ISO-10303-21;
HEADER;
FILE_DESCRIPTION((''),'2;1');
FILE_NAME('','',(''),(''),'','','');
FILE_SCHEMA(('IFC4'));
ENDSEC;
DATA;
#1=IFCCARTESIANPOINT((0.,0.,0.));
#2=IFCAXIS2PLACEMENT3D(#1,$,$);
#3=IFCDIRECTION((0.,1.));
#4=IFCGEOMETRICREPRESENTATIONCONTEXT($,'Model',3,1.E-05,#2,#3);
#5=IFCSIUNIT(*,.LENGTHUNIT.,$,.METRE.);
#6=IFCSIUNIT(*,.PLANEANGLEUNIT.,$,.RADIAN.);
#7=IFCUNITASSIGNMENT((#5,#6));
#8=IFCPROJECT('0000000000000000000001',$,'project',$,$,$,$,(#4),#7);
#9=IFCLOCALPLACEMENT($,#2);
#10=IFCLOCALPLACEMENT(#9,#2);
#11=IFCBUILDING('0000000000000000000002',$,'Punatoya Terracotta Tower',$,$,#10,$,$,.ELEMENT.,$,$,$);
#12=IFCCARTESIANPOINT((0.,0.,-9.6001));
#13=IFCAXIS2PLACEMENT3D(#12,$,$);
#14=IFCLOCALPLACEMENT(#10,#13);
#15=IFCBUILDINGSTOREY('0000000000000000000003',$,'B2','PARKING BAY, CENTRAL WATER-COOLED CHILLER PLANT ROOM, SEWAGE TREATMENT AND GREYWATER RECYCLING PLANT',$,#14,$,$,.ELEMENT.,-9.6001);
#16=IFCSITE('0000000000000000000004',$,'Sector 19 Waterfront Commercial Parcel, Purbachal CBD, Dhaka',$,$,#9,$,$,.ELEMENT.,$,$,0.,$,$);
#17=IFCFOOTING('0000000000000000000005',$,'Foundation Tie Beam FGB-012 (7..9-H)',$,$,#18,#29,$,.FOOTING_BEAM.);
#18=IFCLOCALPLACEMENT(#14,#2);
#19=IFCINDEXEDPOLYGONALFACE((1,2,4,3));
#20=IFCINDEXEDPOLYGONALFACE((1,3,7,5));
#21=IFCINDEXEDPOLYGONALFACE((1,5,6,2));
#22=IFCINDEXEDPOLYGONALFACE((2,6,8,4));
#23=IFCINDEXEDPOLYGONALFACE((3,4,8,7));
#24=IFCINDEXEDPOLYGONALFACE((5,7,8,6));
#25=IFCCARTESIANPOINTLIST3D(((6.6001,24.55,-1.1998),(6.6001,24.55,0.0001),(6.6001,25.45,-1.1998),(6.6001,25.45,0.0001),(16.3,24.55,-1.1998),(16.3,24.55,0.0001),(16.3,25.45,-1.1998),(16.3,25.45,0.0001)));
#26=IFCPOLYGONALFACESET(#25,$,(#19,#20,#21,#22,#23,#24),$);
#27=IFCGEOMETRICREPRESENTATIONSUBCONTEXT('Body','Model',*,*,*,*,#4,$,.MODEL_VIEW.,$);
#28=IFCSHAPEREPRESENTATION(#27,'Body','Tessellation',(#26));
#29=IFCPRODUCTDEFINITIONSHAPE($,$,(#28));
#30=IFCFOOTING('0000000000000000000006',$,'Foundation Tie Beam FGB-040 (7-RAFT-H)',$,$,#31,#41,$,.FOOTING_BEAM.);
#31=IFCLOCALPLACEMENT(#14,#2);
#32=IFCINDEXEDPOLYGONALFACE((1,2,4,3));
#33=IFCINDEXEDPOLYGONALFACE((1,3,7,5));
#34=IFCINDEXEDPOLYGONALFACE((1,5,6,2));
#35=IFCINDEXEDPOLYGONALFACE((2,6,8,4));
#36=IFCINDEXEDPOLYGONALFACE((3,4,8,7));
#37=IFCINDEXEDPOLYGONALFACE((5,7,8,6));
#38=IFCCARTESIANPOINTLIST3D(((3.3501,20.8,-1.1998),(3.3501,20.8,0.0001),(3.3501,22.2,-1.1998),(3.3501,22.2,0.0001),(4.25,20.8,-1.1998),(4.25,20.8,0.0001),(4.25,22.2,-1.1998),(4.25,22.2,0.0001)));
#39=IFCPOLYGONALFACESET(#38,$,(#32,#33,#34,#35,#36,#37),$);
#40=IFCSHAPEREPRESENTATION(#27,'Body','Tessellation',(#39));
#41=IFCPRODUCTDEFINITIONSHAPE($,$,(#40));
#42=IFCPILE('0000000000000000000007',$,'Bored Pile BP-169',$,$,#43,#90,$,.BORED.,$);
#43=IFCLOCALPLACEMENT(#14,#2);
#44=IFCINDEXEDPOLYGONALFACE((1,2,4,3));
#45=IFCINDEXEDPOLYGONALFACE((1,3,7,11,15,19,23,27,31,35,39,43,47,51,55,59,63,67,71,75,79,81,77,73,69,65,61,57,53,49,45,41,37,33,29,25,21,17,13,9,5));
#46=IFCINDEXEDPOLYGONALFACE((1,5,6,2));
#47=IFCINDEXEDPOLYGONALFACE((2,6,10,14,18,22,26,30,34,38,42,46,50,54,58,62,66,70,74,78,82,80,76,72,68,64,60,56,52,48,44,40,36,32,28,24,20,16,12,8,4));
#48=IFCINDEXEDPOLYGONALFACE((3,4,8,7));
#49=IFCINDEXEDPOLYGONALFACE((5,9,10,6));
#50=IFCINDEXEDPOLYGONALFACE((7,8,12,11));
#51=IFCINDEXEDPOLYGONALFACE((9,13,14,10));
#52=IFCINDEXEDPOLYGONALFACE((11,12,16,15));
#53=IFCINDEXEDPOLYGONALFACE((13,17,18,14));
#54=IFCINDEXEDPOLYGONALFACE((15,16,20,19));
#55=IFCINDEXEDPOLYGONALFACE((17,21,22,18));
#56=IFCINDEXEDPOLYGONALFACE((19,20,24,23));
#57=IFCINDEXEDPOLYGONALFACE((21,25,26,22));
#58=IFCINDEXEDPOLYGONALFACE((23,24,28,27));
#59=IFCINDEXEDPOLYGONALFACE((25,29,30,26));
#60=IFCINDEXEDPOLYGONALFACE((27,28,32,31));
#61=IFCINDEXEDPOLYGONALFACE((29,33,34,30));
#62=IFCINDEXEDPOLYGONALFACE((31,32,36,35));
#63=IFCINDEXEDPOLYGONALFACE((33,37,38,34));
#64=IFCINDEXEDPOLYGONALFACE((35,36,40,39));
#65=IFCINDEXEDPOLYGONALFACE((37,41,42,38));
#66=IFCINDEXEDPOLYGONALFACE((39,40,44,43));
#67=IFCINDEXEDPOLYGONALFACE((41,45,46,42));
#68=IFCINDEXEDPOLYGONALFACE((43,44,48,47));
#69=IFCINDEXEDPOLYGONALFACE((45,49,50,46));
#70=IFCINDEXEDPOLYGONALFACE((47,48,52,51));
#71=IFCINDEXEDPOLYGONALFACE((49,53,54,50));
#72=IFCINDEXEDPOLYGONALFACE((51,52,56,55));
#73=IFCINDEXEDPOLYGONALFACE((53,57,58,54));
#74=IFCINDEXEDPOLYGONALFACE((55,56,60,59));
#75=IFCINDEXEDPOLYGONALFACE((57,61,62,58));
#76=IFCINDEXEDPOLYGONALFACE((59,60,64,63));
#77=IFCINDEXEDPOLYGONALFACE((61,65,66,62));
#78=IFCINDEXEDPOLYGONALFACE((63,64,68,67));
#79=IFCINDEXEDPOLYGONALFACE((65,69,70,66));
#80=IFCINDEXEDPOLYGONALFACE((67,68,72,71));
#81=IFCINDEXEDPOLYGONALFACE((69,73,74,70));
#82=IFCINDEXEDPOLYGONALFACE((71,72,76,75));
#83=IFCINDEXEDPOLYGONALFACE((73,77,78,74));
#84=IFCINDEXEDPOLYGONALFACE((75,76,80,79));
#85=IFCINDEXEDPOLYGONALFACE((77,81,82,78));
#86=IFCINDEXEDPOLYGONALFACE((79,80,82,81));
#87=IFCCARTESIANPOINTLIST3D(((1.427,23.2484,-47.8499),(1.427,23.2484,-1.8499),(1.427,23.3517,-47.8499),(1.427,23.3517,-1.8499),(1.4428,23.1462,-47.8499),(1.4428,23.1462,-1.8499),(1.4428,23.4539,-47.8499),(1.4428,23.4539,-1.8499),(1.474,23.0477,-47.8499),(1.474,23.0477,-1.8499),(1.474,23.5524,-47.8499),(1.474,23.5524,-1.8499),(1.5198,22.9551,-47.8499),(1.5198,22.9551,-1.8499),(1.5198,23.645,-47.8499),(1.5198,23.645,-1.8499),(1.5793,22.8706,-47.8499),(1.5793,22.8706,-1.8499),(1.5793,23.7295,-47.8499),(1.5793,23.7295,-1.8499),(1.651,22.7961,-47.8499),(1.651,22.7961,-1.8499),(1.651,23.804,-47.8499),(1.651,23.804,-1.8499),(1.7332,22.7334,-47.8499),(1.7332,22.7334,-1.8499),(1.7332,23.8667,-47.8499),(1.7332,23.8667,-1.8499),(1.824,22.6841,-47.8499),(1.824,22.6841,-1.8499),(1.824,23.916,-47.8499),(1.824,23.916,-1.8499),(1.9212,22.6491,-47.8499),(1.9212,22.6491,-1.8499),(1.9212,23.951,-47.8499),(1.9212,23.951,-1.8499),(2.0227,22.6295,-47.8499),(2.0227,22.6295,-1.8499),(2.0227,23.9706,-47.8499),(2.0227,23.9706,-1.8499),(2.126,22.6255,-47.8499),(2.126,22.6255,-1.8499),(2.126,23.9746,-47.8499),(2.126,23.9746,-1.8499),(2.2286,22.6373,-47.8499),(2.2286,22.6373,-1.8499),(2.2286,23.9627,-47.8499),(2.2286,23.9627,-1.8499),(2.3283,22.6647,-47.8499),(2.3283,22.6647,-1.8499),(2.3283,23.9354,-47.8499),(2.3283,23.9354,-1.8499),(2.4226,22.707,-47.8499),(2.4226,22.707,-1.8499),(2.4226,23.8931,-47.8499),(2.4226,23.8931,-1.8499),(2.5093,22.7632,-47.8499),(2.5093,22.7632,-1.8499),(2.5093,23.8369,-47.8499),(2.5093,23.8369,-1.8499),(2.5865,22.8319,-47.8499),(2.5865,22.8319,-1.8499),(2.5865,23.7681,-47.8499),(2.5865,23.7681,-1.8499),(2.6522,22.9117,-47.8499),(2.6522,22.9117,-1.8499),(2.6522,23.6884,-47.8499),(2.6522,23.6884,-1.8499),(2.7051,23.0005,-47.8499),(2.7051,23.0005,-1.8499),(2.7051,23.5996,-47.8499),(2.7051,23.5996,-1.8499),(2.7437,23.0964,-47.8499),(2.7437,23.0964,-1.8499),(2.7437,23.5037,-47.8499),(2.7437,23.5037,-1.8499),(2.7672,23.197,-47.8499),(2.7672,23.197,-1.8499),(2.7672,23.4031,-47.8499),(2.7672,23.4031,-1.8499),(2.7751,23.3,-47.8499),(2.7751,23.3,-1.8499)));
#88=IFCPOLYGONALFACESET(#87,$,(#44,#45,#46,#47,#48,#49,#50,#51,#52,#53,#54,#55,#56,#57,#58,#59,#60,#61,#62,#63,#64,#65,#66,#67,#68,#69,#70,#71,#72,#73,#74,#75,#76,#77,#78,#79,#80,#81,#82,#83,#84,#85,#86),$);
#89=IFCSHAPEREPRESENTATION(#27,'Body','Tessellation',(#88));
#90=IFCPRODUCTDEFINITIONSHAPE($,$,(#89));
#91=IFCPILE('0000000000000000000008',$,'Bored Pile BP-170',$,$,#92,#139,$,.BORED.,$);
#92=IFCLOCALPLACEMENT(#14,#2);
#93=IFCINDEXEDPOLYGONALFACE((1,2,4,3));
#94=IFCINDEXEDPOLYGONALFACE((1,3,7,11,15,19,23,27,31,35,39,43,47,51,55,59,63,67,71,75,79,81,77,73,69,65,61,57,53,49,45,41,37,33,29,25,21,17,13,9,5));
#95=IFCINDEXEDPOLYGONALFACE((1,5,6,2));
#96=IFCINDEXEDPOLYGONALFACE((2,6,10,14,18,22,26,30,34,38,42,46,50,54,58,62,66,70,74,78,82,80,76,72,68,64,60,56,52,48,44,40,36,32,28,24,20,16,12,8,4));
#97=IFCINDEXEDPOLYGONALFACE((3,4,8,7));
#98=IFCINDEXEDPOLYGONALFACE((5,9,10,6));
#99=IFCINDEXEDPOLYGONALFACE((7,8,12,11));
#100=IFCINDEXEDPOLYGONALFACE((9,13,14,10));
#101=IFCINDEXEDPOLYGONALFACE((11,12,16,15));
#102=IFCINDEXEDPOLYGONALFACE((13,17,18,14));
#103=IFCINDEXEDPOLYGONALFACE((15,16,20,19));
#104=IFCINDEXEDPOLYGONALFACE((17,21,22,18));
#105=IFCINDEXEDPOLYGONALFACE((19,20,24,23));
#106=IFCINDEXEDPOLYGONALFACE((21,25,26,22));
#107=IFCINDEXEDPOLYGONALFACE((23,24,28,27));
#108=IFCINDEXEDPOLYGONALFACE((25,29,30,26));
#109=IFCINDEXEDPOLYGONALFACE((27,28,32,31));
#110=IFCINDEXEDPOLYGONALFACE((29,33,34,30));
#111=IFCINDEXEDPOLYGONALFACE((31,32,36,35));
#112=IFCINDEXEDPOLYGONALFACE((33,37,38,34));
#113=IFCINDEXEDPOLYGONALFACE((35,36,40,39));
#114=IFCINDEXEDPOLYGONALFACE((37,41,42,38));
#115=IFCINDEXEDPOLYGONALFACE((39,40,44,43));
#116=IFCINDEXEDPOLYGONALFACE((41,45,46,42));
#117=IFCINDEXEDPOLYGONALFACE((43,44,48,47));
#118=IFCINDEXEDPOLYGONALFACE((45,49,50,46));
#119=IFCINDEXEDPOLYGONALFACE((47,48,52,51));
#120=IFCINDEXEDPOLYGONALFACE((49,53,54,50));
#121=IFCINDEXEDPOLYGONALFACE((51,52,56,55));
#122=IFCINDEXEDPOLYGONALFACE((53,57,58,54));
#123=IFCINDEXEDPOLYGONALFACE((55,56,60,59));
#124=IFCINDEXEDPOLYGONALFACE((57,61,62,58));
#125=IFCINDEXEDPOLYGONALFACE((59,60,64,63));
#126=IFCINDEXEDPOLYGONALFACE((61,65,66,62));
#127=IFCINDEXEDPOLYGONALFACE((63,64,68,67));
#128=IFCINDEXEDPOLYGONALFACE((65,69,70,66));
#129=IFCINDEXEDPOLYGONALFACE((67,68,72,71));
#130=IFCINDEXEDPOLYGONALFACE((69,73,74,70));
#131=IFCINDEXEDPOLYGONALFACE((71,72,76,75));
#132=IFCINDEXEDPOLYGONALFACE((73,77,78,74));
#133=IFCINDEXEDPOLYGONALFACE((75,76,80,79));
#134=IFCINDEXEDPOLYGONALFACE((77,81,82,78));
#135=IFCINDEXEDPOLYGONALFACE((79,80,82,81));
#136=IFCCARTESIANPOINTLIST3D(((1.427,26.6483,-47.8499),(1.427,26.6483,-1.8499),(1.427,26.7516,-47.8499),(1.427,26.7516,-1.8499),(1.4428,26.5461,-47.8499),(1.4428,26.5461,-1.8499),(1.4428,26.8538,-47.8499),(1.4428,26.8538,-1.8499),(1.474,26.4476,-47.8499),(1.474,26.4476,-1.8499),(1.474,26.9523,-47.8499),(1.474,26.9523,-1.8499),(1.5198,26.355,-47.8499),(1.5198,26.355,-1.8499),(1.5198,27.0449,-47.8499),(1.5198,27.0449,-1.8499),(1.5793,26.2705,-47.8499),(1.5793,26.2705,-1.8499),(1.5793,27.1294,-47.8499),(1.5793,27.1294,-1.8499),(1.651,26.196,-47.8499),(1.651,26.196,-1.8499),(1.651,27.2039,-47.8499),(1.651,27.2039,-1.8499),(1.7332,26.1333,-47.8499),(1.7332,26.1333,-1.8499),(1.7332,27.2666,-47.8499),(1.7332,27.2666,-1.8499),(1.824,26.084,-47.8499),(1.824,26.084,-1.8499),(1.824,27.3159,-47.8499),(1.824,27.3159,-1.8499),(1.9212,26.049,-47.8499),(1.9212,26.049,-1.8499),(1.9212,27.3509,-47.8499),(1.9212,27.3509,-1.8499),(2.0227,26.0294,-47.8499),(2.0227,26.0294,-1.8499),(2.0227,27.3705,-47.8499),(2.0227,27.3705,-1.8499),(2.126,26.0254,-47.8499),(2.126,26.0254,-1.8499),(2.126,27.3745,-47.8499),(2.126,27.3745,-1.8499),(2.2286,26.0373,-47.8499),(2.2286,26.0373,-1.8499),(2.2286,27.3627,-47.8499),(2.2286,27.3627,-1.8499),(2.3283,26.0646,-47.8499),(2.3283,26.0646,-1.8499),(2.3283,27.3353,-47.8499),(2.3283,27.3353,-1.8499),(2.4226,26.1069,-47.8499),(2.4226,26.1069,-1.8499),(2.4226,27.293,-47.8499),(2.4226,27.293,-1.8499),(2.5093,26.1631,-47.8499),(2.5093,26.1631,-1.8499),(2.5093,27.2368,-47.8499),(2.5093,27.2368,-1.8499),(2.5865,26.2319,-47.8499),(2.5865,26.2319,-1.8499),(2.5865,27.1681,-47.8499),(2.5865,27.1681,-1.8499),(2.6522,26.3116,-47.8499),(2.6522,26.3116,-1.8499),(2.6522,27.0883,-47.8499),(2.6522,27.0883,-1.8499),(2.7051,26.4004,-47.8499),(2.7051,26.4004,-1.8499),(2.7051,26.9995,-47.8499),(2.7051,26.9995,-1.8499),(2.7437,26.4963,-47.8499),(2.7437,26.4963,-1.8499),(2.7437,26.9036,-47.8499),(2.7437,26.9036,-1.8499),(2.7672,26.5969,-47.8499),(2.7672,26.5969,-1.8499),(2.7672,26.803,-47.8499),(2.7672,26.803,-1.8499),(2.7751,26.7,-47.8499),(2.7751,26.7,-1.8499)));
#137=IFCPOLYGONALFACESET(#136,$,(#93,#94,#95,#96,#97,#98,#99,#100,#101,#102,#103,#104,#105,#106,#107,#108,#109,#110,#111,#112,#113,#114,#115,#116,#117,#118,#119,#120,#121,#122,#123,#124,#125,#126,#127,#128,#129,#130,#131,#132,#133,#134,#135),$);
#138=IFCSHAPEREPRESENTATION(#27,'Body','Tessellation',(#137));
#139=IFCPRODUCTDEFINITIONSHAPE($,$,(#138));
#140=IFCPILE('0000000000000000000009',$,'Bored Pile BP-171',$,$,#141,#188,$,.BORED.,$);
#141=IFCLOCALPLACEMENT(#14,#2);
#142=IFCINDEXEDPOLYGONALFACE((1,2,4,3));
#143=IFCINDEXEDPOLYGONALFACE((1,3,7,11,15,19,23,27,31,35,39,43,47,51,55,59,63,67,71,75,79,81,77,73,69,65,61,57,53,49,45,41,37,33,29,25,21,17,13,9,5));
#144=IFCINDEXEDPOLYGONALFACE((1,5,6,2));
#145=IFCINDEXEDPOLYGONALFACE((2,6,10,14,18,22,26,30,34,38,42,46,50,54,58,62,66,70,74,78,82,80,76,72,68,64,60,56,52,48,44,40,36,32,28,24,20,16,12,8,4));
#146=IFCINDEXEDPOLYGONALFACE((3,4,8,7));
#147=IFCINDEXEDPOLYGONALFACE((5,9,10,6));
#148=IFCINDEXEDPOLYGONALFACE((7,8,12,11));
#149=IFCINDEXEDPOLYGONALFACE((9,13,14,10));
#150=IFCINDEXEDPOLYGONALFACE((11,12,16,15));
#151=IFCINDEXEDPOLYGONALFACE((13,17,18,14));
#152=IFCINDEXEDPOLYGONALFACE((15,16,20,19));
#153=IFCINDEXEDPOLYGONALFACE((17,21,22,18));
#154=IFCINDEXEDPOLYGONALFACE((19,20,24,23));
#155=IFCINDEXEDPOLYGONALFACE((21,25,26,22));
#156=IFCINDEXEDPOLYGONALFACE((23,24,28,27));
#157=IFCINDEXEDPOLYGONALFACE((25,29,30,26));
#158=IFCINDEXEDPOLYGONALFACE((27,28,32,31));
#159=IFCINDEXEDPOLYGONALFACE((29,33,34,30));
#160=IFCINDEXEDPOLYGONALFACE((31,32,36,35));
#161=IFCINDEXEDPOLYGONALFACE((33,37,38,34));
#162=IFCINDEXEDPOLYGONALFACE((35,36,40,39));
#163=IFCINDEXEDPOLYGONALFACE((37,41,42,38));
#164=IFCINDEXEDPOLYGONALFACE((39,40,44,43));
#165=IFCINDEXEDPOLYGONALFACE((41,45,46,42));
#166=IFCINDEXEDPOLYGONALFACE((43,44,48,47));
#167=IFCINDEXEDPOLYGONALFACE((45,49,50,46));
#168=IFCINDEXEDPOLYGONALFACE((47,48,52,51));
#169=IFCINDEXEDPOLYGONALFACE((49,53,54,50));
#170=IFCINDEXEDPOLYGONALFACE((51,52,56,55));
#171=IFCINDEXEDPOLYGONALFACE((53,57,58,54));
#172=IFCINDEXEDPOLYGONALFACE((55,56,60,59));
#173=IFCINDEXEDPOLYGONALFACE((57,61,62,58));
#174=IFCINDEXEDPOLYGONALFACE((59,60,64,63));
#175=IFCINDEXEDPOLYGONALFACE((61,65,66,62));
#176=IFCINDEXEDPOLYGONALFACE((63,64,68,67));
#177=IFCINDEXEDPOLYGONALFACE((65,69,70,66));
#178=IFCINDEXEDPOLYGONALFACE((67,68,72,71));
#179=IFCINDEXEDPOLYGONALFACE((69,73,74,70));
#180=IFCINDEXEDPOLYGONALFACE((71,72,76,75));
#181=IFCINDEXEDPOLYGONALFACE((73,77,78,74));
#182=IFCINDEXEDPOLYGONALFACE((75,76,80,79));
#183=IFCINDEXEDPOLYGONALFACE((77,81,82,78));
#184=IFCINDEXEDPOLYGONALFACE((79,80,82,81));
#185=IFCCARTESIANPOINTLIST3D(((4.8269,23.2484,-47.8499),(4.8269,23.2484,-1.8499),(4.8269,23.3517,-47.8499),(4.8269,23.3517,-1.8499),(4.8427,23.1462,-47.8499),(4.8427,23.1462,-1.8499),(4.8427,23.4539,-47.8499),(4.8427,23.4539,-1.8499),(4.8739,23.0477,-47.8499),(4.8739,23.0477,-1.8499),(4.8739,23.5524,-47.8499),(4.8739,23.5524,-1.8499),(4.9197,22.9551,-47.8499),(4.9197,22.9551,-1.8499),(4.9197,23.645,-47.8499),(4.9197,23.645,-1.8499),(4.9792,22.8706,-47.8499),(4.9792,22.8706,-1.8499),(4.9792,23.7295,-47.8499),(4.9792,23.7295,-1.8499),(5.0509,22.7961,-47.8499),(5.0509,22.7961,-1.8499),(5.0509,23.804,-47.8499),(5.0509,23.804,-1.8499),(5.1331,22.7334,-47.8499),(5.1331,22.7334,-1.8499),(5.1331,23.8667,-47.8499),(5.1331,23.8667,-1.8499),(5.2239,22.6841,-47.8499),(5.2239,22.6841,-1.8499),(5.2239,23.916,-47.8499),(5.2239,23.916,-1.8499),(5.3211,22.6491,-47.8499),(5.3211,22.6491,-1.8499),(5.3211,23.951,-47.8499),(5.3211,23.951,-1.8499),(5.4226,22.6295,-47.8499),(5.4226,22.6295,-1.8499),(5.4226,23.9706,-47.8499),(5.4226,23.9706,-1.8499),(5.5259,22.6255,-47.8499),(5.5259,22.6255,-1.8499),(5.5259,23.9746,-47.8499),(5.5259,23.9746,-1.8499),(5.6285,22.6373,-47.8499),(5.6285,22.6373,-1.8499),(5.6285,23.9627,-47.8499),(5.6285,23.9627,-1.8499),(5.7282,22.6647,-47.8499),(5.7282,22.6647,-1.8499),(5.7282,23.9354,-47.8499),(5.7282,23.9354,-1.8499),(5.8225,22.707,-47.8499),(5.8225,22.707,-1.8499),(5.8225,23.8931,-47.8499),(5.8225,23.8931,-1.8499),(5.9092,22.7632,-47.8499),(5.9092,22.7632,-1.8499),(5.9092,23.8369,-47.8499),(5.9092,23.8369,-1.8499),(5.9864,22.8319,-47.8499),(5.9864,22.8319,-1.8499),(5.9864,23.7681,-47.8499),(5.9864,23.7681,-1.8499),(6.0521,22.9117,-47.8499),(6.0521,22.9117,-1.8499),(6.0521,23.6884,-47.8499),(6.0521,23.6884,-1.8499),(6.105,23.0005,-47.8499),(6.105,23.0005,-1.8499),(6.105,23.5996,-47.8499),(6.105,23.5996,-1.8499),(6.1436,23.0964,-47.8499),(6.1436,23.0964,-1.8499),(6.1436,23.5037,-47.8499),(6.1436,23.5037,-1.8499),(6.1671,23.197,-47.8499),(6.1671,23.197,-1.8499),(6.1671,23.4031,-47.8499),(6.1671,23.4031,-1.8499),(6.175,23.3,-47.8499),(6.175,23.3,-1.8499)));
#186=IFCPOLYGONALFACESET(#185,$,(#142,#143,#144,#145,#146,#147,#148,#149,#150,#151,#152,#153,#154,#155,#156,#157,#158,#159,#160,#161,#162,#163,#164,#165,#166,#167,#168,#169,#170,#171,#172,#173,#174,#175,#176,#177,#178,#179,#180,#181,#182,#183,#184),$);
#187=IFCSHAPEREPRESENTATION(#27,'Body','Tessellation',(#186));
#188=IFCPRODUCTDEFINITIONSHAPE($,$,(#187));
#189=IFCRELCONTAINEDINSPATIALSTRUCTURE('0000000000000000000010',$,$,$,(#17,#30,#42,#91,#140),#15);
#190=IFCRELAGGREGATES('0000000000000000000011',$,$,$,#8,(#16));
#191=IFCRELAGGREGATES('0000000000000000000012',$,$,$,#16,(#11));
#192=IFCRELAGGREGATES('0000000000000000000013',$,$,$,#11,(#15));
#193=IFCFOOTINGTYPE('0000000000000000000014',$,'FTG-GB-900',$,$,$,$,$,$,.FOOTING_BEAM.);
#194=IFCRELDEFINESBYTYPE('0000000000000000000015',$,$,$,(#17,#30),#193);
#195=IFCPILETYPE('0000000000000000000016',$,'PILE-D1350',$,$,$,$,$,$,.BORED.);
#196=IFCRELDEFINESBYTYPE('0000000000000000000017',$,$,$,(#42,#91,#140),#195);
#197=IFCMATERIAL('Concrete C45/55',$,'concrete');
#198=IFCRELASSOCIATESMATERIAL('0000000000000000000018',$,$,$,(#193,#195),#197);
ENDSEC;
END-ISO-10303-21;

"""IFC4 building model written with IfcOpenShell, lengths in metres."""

from ifc_helpers import new_model, si_unit, direction, frame, origin, origin_2d, place, context, subcontext, project, spatial, rectangle, circle, extrude, material, material_profile, profile_set, type_object, element, save


model = new_model("IFC4")

# Units and contexts
model_context = context("Model", 3, precision=1e-05, world=origin(), true_north=direction((0.0, 1.0)))
body_context = subcontext(model_context, "Body", "Model", "MODEL_VIEW")
ifc_project = project(units=[si_unit("LENGTHUNIT", "METRE"), si_unit("PLANEANGLEUNIT", "RADIAN")], contexts=[model_context])

# Site, building, storey
site_placement = place(None, origin())
site = spatial("IfcSite", under=ifc_project, at=site_placement, Name="Sector 19 Waterfront Commercial Parcel, Purbachal CBD, Dhaka", CompositionType="ELEMENT", RefElevation=0.0)
building_placement = place(site_placement, origin())
building = spatial("IfcBuilding", under=site, at=building_placement, Name="Punatoya Terracotta Tower", CompositionType="ELEMENT")
storey_placement = place(building_placement, frame((0.0, 0.0, -9.6001)))
storey = spatial("IfcBuildingStorey", under=building, at=storey_placement, Name="B2", Description="PARKING BAY, CENTRAL WATER-COOLED CHILLER PLANT ROOM, SEWAGE TREATMENT AND GREYWATER RECYCLING PLANT", CompositionType="ELEMENT", Elevation=-9.6001)

# Footings
ifc_material_1 = material(Name="Concrete C45/55", Category="concrete")
ifc_material_profile_1 = material_profile(ifc_material_1, rectangle(XDim=0.8999, YDim=1.2, at=origin_2d()))
ifc_profile_set_1 = profile_set([ifc_material_profile_1], Name="Concrete C45/55")
footing_type = type_object("IfcFootingType", Name="FTG-GB-900", PredefinedType="FOOTING_BEAM", material=ifc_profile_set_1)
footing_1_placement = place(storey_placement, frame((6.6001, 25.0, -0.5999), z_axis=(1.0, 0.0, 0.0), x_axis=(0.0, 1.0, 0.0)))
element("IfcFooting", 1, at=footing_1_placement, inside=storey, type_object=footing_type, Name="Foundation Tie Beam FGB-012 (7..9-H)", PredefinedType="FOOTING_BEAM", context=body_context, shape_type="SweptSolid", body=[
    extrude(rectangle(XDim=0.8999, YDim=1.2, at=origin_2d()), origin(), (0.0, 0.0, 1.0), 9.7),
])
footing_2_placement = place(storey_placement, frame((3.8, 20.8, -0.5999), z_axis=(0.0, 1.0, 0.0), x_axis=(-1.0, 0.0, 0.0)))
element("IfcFooting", 2, at=footing_2_placement, inside=storey, type_object=footing_type, Name="Foundation Tie Beam FGB-040 (7-RAFT-H)", PredefinedType="FOOTING_BEAM", context=body_context, shape_type="SweptSolid", body=[
    extrude(rectangle(XDim=0.8999, YDim=1.2, at=origin_2d()), origin(), (0.0, 0.0, 1.0), 1.3999),
])

# Piles
ifc_material_profile_2 = material_profile(ifc_material_1, circle(Radius=0.675, at=origin_2d()))
ifc_profile_set_2 = profile_set([ifc_material_profile_2], Name="Concrete C45/55")
pile_type_1 = type_object("IfcPileType", Name="PILE-D1350", PredefinedType="BORED", material=ifc_profile_set_2)
for number, where, z_axis, x_axis, name in (
    (3, (2.1001, 23.3, -1.8499), (0.0, 0.0, -1.0), (1.0, 0.0, 0.0), "Bored Pile BP-169"),
    (4, (2.1001, 26.7, -1.8499), (0.0, 0.0, -1.0), (1.0, 0.0, 0.0), "Bored Pile BP-170"),
    (5, (5.5, 23.3, -1.8499), (0.0, 0.0, -1.0), (1.0, 0.0, 0.0), "Bored Pile BP-171"),
):
    element("IfcPile", number, at=place(storey_placement, frame(where, z_axis=z_axis, x_axis=x_axis)), inside=storey, type_object=pile_type_1, Name=name, PredefinedType="BORED", context=body_context, shape_type="SweptSolid", body=[
        extrude(circle(Radius=0.675, at=origin_2d()), origin(), (0.0, 0.0, 1.0), 46.0),
    ])

save(model, "model.ifc")
